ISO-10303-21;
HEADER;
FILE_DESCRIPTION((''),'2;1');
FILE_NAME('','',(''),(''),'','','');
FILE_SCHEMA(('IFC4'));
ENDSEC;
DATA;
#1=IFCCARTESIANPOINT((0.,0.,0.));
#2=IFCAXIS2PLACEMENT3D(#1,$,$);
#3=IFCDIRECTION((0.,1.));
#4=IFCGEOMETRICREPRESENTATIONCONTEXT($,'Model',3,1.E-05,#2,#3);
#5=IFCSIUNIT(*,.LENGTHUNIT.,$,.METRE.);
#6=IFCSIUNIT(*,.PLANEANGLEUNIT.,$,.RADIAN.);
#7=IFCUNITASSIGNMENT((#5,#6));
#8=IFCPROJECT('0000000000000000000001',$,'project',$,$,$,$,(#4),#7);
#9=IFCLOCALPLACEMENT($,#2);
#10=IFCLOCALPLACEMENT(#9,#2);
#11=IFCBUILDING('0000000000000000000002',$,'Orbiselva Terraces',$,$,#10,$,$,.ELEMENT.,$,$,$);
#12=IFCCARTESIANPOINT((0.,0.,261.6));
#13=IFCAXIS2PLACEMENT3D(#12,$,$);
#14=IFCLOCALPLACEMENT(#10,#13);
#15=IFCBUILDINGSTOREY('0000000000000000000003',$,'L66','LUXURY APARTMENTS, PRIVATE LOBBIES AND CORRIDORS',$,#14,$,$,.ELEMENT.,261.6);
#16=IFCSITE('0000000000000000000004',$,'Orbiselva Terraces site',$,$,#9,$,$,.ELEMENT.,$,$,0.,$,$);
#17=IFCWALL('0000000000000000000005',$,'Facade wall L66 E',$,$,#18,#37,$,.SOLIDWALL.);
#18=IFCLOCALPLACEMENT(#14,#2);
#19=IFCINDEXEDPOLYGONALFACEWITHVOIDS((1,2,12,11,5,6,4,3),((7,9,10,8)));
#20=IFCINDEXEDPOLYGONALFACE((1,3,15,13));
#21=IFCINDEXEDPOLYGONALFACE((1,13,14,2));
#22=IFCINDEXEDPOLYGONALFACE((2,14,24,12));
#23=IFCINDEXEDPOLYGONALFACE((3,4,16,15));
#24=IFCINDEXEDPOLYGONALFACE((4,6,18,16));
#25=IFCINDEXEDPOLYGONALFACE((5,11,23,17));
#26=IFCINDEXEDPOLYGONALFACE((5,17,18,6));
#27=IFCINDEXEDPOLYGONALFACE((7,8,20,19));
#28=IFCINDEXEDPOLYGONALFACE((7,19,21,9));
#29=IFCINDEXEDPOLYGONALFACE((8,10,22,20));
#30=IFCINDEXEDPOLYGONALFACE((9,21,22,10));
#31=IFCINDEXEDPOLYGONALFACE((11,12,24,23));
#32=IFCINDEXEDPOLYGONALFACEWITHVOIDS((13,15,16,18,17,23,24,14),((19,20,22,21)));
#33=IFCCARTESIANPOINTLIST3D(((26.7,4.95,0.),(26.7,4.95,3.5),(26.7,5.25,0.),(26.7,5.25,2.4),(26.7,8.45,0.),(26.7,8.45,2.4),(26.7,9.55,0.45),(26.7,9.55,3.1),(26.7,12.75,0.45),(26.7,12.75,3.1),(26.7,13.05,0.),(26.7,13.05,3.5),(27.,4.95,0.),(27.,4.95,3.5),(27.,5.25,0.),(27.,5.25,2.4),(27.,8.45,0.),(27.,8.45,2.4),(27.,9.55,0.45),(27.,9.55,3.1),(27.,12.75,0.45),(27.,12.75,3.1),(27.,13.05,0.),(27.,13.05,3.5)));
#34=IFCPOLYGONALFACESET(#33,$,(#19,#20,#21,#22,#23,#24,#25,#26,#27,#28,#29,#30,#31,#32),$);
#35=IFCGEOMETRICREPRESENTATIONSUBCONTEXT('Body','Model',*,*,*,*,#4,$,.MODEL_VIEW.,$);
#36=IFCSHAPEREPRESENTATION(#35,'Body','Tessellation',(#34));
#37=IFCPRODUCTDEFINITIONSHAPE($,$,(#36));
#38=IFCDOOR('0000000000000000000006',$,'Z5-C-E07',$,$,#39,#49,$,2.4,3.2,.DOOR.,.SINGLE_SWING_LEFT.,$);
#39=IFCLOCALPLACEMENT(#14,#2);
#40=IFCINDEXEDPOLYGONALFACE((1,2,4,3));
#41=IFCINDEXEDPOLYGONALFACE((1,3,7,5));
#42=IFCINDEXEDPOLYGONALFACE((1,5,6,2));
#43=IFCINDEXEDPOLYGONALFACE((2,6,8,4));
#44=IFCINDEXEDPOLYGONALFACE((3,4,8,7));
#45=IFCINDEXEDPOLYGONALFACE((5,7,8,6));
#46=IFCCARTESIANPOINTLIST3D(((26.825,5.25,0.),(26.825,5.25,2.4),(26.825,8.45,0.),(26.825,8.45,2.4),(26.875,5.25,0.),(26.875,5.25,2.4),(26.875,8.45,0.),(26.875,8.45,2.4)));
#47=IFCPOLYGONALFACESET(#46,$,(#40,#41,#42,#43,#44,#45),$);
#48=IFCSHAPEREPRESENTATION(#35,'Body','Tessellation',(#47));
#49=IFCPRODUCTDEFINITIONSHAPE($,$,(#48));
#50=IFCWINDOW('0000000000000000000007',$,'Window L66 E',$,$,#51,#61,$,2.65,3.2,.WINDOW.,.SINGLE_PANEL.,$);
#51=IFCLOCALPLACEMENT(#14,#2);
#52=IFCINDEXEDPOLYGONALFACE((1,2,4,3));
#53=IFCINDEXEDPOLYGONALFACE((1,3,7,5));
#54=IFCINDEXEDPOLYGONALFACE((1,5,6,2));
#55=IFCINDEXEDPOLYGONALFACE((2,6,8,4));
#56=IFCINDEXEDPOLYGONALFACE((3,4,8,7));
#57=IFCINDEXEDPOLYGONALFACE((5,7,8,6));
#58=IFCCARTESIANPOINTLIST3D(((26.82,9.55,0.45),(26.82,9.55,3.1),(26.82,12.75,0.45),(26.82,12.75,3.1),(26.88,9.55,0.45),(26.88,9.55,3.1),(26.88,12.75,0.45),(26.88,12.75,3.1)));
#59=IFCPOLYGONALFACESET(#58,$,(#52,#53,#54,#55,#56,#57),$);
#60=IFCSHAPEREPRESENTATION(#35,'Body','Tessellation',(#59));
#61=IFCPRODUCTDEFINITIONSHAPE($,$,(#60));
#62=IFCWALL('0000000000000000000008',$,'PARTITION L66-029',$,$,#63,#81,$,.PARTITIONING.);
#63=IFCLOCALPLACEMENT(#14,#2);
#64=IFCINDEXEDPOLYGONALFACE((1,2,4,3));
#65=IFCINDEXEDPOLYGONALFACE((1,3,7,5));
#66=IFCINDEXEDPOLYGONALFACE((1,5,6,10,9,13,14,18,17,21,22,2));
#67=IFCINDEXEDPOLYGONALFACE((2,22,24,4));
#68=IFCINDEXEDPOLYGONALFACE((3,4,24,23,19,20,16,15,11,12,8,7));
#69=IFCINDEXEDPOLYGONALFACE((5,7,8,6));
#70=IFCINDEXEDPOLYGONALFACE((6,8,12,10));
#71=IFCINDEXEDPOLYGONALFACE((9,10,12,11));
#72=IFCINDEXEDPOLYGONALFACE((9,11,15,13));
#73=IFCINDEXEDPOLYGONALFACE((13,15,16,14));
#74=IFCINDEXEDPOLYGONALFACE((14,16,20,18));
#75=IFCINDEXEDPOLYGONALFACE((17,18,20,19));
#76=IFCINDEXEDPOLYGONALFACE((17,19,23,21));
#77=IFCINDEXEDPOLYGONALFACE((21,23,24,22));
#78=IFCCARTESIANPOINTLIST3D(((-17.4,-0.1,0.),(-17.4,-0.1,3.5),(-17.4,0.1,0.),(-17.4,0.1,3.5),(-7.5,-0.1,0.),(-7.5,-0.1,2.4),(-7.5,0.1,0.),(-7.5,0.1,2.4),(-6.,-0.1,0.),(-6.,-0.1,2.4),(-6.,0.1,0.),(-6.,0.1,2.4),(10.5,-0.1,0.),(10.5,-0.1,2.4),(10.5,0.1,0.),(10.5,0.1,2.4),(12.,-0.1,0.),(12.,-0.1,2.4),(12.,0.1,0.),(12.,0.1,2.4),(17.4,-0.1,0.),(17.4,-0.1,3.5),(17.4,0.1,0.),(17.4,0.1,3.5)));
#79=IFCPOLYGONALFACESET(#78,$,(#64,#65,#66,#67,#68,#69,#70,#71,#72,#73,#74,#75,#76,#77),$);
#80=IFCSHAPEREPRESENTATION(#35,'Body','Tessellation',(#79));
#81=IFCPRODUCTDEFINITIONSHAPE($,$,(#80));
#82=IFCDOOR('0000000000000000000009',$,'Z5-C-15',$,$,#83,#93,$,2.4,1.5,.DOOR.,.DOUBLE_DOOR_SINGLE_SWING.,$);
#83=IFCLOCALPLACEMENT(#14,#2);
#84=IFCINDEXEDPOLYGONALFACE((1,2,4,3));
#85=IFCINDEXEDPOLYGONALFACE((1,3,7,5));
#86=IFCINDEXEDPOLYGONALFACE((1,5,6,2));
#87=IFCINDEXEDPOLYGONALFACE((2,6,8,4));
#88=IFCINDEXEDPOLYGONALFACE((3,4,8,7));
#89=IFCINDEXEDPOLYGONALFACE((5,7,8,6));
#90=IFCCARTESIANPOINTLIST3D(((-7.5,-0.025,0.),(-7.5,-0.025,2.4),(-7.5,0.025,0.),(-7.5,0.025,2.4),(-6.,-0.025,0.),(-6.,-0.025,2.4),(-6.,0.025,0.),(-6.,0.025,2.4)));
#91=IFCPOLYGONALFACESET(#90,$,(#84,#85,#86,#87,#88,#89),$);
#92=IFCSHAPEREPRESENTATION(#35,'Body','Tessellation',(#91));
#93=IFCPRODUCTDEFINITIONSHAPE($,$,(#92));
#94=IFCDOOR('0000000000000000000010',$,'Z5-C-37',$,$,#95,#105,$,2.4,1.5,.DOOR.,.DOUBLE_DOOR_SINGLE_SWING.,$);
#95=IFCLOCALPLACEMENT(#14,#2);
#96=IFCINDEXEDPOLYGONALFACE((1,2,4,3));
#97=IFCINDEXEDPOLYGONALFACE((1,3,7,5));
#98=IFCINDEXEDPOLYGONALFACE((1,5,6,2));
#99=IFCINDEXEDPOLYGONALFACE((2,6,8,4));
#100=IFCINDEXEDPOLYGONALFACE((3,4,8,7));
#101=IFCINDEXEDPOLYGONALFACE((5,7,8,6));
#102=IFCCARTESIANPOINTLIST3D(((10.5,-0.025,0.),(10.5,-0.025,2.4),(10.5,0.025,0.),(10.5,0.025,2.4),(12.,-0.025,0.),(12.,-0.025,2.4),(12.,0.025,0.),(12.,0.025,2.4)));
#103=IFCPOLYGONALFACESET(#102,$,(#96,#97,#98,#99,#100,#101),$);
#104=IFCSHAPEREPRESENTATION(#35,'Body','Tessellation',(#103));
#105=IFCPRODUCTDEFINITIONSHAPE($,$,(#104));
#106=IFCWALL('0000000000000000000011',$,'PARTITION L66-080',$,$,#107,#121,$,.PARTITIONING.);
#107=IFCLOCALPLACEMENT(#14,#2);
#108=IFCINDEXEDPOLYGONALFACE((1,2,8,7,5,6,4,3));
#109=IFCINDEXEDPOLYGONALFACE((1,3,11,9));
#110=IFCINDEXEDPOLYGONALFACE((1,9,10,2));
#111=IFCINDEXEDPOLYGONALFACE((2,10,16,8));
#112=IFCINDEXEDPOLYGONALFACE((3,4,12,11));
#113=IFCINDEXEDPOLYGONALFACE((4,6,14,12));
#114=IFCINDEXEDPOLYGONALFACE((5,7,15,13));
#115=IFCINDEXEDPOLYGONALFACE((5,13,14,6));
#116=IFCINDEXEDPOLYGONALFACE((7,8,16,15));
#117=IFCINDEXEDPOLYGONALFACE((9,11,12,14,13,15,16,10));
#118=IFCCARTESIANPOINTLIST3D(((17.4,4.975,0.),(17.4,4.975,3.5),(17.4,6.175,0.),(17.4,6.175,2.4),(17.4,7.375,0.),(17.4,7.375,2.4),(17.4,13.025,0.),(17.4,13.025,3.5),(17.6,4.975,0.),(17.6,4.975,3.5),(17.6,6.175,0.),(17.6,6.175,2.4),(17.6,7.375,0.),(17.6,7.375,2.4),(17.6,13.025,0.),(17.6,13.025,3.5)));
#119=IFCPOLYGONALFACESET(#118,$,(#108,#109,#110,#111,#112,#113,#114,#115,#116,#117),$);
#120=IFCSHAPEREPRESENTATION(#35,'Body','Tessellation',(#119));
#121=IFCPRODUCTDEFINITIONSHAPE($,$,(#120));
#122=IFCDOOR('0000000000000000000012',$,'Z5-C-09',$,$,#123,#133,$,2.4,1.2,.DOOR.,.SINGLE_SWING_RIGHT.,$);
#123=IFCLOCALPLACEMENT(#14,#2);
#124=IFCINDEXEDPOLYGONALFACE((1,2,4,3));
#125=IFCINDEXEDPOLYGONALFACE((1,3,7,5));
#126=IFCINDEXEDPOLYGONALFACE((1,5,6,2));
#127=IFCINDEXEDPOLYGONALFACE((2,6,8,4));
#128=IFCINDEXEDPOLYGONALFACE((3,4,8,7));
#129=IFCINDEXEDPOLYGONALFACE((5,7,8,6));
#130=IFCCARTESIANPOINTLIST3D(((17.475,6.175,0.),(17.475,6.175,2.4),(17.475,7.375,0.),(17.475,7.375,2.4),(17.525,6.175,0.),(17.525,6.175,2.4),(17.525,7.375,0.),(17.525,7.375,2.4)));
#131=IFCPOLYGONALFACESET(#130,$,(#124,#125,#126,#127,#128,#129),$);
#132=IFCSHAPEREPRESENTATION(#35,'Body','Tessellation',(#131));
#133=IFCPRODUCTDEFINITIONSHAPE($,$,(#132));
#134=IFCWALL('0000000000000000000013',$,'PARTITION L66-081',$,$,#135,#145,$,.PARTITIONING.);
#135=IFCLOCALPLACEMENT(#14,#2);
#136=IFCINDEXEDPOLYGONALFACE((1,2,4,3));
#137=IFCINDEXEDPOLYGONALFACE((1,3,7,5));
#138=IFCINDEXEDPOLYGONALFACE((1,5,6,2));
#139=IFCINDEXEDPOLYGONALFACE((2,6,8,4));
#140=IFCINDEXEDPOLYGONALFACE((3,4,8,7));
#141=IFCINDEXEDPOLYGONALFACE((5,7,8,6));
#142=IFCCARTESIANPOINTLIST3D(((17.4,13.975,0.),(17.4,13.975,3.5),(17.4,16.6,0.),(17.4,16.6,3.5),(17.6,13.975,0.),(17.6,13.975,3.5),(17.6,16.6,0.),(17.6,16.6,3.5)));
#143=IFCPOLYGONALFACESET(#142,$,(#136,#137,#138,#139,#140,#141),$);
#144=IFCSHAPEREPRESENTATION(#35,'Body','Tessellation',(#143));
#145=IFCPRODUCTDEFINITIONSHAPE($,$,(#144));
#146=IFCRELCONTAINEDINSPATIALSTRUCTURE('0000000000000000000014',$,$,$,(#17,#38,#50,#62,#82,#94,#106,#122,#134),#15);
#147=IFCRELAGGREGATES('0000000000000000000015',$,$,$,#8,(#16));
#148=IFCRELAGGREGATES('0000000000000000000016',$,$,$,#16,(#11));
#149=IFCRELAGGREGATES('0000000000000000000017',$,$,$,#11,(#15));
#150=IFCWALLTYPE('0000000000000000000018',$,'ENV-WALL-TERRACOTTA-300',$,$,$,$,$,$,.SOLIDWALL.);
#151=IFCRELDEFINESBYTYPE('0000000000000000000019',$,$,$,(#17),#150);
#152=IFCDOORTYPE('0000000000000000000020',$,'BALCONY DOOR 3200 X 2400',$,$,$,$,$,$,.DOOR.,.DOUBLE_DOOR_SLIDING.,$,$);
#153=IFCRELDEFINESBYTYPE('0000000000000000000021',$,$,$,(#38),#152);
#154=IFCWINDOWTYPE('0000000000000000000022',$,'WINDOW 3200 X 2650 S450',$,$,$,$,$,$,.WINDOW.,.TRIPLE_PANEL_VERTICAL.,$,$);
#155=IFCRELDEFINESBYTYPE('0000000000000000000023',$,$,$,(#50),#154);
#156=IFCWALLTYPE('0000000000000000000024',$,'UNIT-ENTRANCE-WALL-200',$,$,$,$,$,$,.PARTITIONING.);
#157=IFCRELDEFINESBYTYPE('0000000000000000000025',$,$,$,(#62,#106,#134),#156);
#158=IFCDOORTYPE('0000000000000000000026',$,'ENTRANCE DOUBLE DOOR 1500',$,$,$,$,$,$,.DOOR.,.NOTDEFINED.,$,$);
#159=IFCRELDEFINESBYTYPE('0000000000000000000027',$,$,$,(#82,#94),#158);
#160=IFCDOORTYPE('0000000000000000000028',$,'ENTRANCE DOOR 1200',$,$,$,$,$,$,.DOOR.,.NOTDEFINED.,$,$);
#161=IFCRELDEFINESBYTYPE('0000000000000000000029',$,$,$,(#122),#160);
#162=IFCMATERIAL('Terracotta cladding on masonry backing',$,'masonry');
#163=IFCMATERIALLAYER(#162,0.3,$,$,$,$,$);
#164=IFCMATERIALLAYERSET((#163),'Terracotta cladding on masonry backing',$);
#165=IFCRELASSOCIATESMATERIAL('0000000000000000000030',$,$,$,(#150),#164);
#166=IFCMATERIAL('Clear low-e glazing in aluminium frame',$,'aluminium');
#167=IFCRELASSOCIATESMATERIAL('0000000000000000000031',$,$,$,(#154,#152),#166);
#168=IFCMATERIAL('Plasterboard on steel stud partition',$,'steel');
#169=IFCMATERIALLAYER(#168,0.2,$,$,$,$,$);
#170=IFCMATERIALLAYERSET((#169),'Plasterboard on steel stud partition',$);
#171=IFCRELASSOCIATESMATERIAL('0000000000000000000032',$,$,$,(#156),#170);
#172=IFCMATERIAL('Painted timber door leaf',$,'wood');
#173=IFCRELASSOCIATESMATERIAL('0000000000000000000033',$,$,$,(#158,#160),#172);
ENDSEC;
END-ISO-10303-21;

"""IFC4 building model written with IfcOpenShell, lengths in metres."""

from ifc_helpers import new_model, si_unit, direction, frame, frame_2d, origin, place, context, subcontext, project, spatial, rectangle, extrude, material, layer, layer_set, type_object, element, fill, save


model = new_model("IFC4")

# Units and contexts
model_context = context("Model", 3, precision=1e-05, world=origin(), true_north=direction((0.0, 1.0)))
body_context = subcontext(model_context, "Body", "Model", "MODEL_VIEW")
ifc_project = project(units=[si_unit("LENGTHUNIT", "METRE"), si_unit("PLANEANGLEUNIT", "RADIAN")], contexts=[model_context])

# Site, building, storey
site_placement = place(None, origin())
site = spatial("IfcSite", under=ifc_project, at=site_placement, Name="Orbiselva Terraces site", CompositionType="ELEMENT", RefElevation=0.0)
building_placement = place(site_placement, origin())
building = spatial("IfcBuilding", under=site, at=building_placement, Name="Orbiselva Terraces", CompositionType="ELEMENT")
storey_placement = place(building_placement, frame((0.0, 0.0, 261.6)))
storey = spatial("IfcBuildingStorey", under=building, at=storey_placement, Name="L66", Description="LUXURY APARTMENTS, PRIVATE LOBBIES AND CORRIDORS", CompositionType="ELEMENT", Elevation=261.6)

# Shared definitions
ifc_material_1 = material(Name="Terracotta cladding on masonry backing", Category="masonry")
ifc_layer_1 = layer(ifc_material_1, 0.3)
ifc_layer_set_1 = layer_set([ifc_layer_1], Name="Terracotta cladding on masonry backing")
wall_type_1 = type_object("IfcWallType", Name="ENV-WALL-TERRACOTTA-300", PredefinedType="SOLIDWALL", material=ifc_layer_set_1)
ifc_material_2 = material(Name="Clear low-e glazing in aluminium frame", Category="aluminium")
window_type = type_object("IfcWindowType", Name="WINDOW 3200 X 2650 S450", PartitioningType="TRIPLE_PANEL_VERTICAL", PredefinedType="WINDOW", material=ifc_material_2)

# Wall, openings, door, window
wall_1_placement = place(storey_placement, frame((26.85, 13.05, 0.0), z_axis=(0.0, 0.0, 1.0), x_axis=(0.0, -1.0, 0.0)))
wall_1 = element("IfcWall", 1, at=wall_1_placement, inside=storey, type_object=wall_type_1, Name="Facade wall L66 E", PredefinedType="SOLIDWALL", context=body_context, shape_type="SweptSolid", body=[
    extrude(rectangle(XDim=8.1, YDim=0.3, at=frame_2d((4.05, 0.0))), origin(), (0.0, 0.0, 1.0), 3.5),
])
opening_1_placement = place(wall_1_placement, frame((4.6, 0.0, 0.0)))
opening_1 = element("IfcOpeningElement", 2, at=opening_1_placement, cuts=wall_1, PredefinedType="OPENING", context=body_context, shape_type="SweptSolid", body=[
    extrude(rectangle(XDim=3.2, YDim=2.4, at=frame_2d((1.6, 1.2))), frame((0.0, 0.16, 0.0), z_axis=(0.0, -1.0, 0.0), x_axis=(1.0, 0.0, 0.0)), (0.0, 0.0, 1.0), 0.32),
])
opening_2_placement = place(wall_1_placement, frame((0.3, 0.0, 0.45)))
opening_2 = element("IfcOpeningElement", 3, at=opening_2_placement, cuts=wall_1, PredefinedType="OPENING", context=body_context, shape_type="SweptSolid", body=[
    extrude(rectangle(XDim=3.2, YDim=2.65, at=frame_2d((1.6, 1.325))), frame((0.0, 0.16, 0.0), z_axis=(0.0, -1.0, 0.0), x_axis=(1.0, 0.0, 0.0)), (0.0, 0.0, 1.0), 0.32),
])
door_type_1 = type_object("IfcDoorType", Name="BALCONY DOOR 3200 X 2400", OperationType="DOUBLE_DOOR_SLIDING", PredefinedType="DOOR", material=ifc_material_2)
door_1_placement = place(opening_1_placement, origin())
door_1 = element("IfcDoor", 4, at=door_1_placement, inside=storey, type_object=door_type_1, Name="Z5-C-E07", OperationType="SINGLE_SWING_LEFT", OverallHeight=2.4, OverallWidth=3.2, PredefinedType="DOOR", context=body_context, shape_type="SweptSolid", body=[
    extrude(rectangle(XDim=3.2, YDim=2.4, at=frame_2d((1.6, 1.2))), frame((0.0, 0.025, 0.0), z_axis=(0.0, -1.0, 0.0), x_axis=(1.0, 0.0, 0.0)), (0.0, 0.0, 1.0), 0.05),
])
fill(opening_1, door_1)
window_1_placement = place(opening_2_placement, origin())
window_1 = element("IfcWindow", 5, at=window_1_placement, inside=storey, type_object=window_type, Name="Window L66 E", OverallHeight=2.65, OverallWidth=3.2, PartitioningType="SINGLE_PANEL", PredefinedType="WINDOW", context=body_context, shape_type="SweptSolid", body=[
    extrude(rectangle(XDim=3.2, YDim=2.65, at=frame_2d((1.6, 1.325))), frame((0.0, 0.03, 0.0), z_axis=(0.0, -1.0, 0.0), x_axis=(1.0, 0.0, 0.0)), (0.0, 0.0, 1.0), 0.06),
])
fill(opening_2, window_1)

# Wall, openings, doors
ifc_material_3 = material(Name="Plasterboard on steel stud partition", Category="steel")
ifc_layer_2 = layer(ifc_material_3, 0.2)
ifc_layer_set_2 = layer_set([ifc_layer_2], Name="Plasterboard on steel stud partition")
wall_type_2 = type_object("IfcWallType", Name="UNIT-ENTRANCE-WALL-200", PredefinedType="PARTITIONING", material=ifc_layer_set_2)
wall_2_placement = place(storey_placement, frame((17.4, 0.0, 0.0), z_axis=(0.0, 0.0, 1.0), x_axis=(-1.0, 0.0, 0.0)))
wall_2 = element("IfcWall", 6, at=wall_2_placement, inside=storey, type_object=wall_type_2, Name="PARTITION L66-029", PredefinedType="PARTITIONING", context=body_context, shape_type="SweptSolid", body=[
    extrude(rectangle(XDim=34.8, YDim=0.2, at=frame_2d((17.4, 0.0))), origin(), (0.0, 0.0, 1.0), 3.5),
])
opening_3_placement = place(wall_2_placement, frame((23.4, 0.0, 0.0)))
opening_3 = element("IfcOpeningElement", 7, at=opening_3_placement, cuts=wall_2, PredefinedType="OPENING", context=body_context, shape_type="SweptSolid", body=[
    extrude(rectangle(XDim=1.5, YDim=2.4, at=frame_2d((0.75, 1.2))), frame((0.0, 0.11, 0.0), z_axis=(0.0, -1.0, 0.0), x_axis=(1.0, 0.0, 0.0)), (0.0, 0.0, 1.0), 0.22),
])
opening_4_placement = place(wall_2_placement, frame((5.4, 0.0, 0.0)))
opening_4 = element("IfcOpeningElement", 8, at=opening_4_placement, cuts=wall_2, PredefinedType="OPENING", context=body_context, shape_type="SweptSolid", body=[
    extrude(rectangle(XDim=1.5, YDim=2.4, at=frame_2d((0.75, 1.2))), frame((0.0, 0.11, 0.0), z_axis=(0.0, -1.0, 0.0), x_axis=(1.0, 0.0, 0.0)), (0.0, 0.0, 1.0), 0.22),
])
ifc_material_4 = material(Name="Painted timber door leaf", Category="wood")
door_type_2 = type_object("IfcDoorType", Name="ENTRANCE DOUBLE DOOR 1500", OperationType="NOTDEFINED", PredefinedType="DOOR", material=ifc_material_4)
door_2_placement = place(opening_3_placement, origin())
door_2 = element("IfcDoor", 9, at=door_2_placement, inside=storey, type_object=door_type_2, Name="Z5-C-15", OperationType="DOUBLE_DOOR_SINGLE_SWING", OverallHeight=2.4, OverallWidth=1.5, PredefinedType="DOOR", context=body_context, shape_type="SweptSolid", body=[
    extrude(rectangle(XDim=1.5, YDim=2.4, at=frame_2d((0.75, 1.2))), frame((0.0, 0.025, 0.0), z_axis=(0.0, -1.0, 0.0), x_axis=(1.0, 0.0, 0.0)), (0.0, 0.0, 1.0), 0.05),
])
fill(opening_3, door_2)
door_3_placement = place(opening_4_placement, origin())
door_3 = element("IfcDoor", 10, at=door_3_placement, inside=storey, type_object=door_type_2, Name="Z5-C-37", OperationType="DOUBLE_DOOR_SINGLE_SWING", OverallHeight=2.4, OverallWidth=1.5, PredefinedType="DOOR", context=body_context, shape_type="SweptSolid", body=[
    extrude(rectangle(XDim=1.5, YDim=2.4, at=frame_2d((0.75, 1.2))), frame((0.0, 0.025, 0.0), z_axis=(0.0, -1.0, 0.0), x_axis=(1.0, 0.0, 0.0)), (0.0, 0.0, 1.0), 0.05),
])
fill(opening_4, door_3)

# Wall, opening, door
wall_3_placement = place(storey_placement, frame((17.5, 13.025, 0.0), z_axis=(0.0, 0.0, 1.0), x_axis=(0.0, -1.0, 0.0)))
wall_3 = element("IfcWall", 11, at=wall_3_placement, inside=storey, type_object=wall_type_2, Name="PARTITION L66-080", PredefinedType="PARTITIONING", context=body_context, shape_type="SweptSolid", body=[
    extrude(rectangle(XDim=8.05, YDim=0.2, at=frame_2d((4.025, 0.0))), origin(), (0.0, 0.0, 1.0), 3.5),
])
opening_5_placement = place(wall_3_placement, frame((5.65, 0.0, 0.0)))
opening_5 = element("IfcOpeningElement", 12, at=opening_5_placement, cuts=wall_3, PredefinedType="OPENING", context=body_context, shape_type="SweptSolid", body=[
    extrude(rectangle(XDim=1.2, YDim=2.4, at=frame_2d((0.6, 1.2))), frame((0.0, 0.11, 0.0), z_axis=(0.0, -1.0, 0.0), x_axis=(1.0, 0.0, 0.0)), (0.0, 0.0, 1.0), 0.22),
])
door_type_3 = type_object("IfcDoorType", Name="ENTRANCE DOOR 1200", OperationType="NOTDEFINED", PredefinedType="DOOR", material=ifc_material_4)
door_4_placement = place(opening_5_placement, origin())
door_4 = element("IfcDoor", 13, at=door_4_placement, inside=storey, type_object=door_type_3, Name="Z5-C-09", OperationType="SINGLE_SWING_RIGHT", OverallHeight=2.4, OverallWidth=1.2, PredefinedType="DOOR", context=body_context, shape_type="SweptSolid", body=[
    extrude(rectangle(XDim=1.2, YDim=2.4, at=frame_2d((0.6, 1.2))), frame((0.0, 0.025, 0.0), z_axis=(0.0, -1.0, 0.0), x_axis=(1.0, 0.0, 0.0)), (0.0, 0.0, 1.0), 0.05),
])
fill(opening_5, door_4)

# Wall
wall_4_placement = place(storey_placement, frame((17.5, 13.975, 0.0), z_axis=(0.0, 0.0, 1.0), x_axis=(0.0, 1.0, 0.0)))
element("IfcWall", 14, at=wall_4_placement, inside=storey, type_object=wall_type_2, Name="PARTITION L66-081", PredefinedType="PARTITIONING", context=body_context, shape_type="SweptSolid", body=[
    extrude(rectangle(XDim=2.625, YDim=0.2, at=frame_2d((1.3125, 0.0))), origin(), (0.0, 0.0, 1.0), 3.5),
])

save(model, "model.ifc")
